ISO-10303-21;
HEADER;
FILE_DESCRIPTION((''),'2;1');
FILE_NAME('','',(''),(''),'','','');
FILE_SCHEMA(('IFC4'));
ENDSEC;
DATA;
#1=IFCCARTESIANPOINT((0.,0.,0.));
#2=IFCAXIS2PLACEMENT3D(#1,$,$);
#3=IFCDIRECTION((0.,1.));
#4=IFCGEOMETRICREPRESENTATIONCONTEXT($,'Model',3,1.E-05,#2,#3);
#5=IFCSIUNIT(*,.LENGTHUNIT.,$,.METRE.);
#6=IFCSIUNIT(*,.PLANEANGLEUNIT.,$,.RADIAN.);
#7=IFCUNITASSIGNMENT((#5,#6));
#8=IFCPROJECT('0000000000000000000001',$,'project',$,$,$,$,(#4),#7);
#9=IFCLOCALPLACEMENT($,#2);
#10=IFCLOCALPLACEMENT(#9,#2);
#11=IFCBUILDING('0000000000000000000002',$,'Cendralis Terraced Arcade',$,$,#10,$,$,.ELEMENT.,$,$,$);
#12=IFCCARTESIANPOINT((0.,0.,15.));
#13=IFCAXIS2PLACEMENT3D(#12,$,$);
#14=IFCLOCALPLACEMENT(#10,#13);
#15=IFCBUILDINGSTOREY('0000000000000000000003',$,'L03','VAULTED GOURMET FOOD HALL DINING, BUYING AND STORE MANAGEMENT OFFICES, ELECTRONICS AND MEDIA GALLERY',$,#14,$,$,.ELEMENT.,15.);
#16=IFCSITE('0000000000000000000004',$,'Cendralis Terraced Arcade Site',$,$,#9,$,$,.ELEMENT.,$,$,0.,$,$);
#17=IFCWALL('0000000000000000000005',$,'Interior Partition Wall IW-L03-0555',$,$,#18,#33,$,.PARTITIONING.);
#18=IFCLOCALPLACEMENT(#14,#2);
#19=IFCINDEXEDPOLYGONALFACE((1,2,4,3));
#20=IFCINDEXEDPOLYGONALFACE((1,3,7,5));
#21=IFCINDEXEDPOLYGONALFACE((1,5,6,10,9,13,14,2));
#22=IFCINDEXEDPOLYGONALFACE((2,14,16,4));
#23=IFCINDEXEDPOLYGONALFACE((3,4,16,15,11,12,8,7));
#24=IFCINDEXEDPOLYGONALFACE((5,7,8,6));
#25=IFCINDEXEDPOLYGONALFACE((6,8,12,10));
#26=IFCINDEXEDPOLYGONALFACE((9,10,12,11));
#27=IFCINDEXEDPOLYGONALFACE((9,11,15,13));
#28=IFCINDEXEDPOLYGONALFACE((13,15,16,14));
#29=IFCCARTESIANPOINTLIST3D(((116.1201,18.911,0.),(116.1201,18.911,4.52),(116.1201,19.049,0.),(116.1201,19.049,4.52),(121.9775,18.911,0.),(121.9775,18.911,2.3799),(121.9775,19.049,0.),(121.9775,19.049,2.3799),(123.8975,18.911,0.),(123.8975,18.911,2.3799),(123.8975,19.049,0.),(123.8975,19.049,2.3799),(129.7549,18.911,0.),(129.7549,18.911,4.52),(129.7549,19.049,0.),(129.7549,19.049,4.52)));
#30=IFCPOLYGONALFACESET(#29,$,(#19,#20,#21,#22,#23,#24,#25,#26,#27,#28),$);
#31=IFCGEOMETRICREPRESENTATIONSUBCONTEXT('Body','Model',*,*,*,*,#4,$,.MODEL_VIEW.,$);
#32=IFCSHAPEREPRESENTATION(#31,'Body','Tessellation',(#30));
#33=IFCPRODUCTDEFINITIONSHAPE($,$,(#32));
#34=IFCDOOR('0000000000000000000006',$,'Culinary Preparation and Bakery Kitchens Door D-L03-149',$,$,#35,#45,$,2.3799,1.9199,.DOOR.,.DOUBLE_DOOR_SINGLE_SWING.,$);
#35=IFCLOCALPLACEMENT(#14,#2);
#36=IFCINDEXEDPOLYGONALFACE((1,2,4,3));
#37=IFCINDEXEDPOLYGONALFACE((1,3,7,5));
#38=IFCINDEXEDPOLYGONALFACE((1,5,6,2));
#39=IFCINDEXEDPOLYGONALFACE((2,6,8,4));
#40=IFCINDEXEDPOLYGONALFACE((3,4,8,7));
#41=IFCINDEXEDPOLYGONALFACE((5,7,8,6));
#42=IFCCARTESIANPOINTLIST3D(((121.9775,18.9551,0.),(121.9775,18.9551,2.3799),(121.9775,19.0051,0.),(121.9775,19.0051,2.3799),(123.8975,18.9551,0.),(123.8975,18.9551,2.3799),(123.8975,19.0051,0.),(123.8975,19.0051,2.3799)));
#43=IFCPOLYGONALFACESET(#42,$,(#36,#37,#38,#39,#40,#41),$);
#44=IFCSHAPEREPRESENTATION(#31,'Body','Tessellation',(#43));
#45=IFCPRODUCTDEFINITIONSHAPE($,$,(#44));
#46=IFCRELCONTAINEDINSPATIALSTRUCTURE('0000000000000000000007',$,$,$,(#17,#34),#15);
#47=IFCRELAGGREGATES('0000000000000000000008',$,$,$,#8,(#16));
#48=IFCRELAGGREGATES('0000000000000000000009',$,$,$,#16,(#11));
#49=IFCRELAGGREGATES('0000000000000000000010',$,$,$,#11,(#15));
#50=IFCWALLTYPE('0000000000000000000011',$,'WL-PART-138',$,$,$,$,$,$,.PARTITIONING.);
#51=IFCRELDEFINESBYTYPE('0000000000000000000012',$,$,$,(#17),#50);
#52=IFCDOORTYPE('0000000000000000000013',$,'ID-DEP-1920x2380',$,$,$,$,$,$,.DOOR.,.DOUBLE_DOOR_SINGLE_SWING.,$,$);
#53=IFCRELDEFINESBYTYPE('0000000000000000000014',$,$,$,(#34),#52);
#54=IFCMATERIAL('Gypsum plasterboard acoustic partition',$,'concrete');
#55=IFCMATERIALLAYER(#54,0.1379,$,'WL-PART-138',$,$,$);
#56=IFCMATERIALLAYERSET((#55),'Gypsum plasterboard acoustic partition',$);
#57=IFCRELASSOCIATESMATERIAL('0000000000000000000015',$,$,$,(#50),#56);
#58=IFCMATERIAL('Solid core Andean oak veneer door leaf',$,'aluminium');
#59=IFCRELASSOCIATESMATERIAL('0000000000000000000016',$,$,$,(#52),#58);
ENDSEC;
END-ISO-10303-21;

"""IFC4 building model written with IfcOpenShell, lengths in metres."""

from ifc_helpers import new_model, si_unit, direction, frame, frame_2d, origin, place, context, subcontext, project, spatial, rectangle, extrude, material, layer, layer_set, type_object, element, fill, save


model = new_model("IFC4")

# Units and contexts
model_context = context("Model", 3, precision=1e-05, world=origin(), true_north=direction((0.0, 1.0)))
body_context = subcontext(model_context, "Body", "Model", "MODEL_VIEW")
ifc_project = project(units=[si_unit("LENGTHUNIT", "METRE"), si_unit("PLANEANGLEUNIT", "RADIAN")], contexts=[model_context])

# Site, building, storey
site_placement = place(None, origin())
site = spatial("IfcSite", under=ifc_project, at=site_placement, Name="Cendralis Terraced Arcade Site", CompositionType="ELEMENT", RefElevation=0.0)
building_placement = place(site_placement, origin())
building = spatial("IfcBuilding", under=site, at=building_placement, Name="Cendralis Terraced Arcade", CompositionType="ELEMENT")
storey_placement = place(building_placement, frame((0.0, 0.0, 15.0)))
storey = spatial("IfcBuildingStorey", under=building, at=storey_placement, Name="L03", Description="VAULTED GOURMET FOOD HALL DINING, BUYING AND STORE MANAGEMENT OFFICES, ELECTRONICS AND MEDIA GALLERY", CompositionType="ELEMENT", Elevation=15.0)

# Wall, opening, door
ifc_material_1 = material(Name="Gypsum plasterboard acoustic partition", Category="concrete")
ifc_layer_1 = layer(ifc_material_1, 0.1379, Name="WL-PART-138")
ifc_layer_set_1 = layer_set([ifc_layer_1], Name="Gypsum plasterboard acoustic partition")
wall_type_1 = type_object("IfcWallType", Name="WL-PART-138", PredefinedType="PARTITIONING", material=ifc_layer_set_1)
wall_1_placement = place(storey_placement, frame((129.7549, 18.98, 0.0), z_axis=(0.0, 0.0, 1.0), x_axis=(-1.0, 0.0, 0.0)))
wall_1 = element("IfcWall", 1, at=wall_1_placement, inside=storey, type_object=wall_type_1, Name="Interior Partition Wall IW-L03-0555", PredefinedType="PARTITIONING", context=body_context, shape_type="SweptSolid", body=[
    extrude(rectangle(XDim=13.6348, YDim=0.1379, at=frame_2d((6.8174, 0.0))), origin(), (0.0, 0.0, 1.0), 4.52),
])
opening_placement = place(wall_1_placement, frame((5.8574, 0.0, 0.0)))
opening = element("IfcOpeningElement", 2, at=opening_placement, cuts=wall_1, PredefinedType="OPENING", context=body_context, shape_type="SweptSolid", body=[
    extrude(rectangle(XDim=1.9199, YDim=2.3799, at=frame_2d((0.96, 1.1899))), frame((0.0, 0.0811, 0.0), z_axis=(0.0, -1.0, 0.0), x_axis=(1.0, 0.0, 0.0)), (0.0, 0.0, 1.0), 0.1619),
])
ifc_material_2 = material(Name="Solid core Andean oak veneer door leaf", Category="aluminium")
door_type = type_object("IfcDoorType", Name="ID-DEP-1920x2380", OperationType="DOUBLE_DOOR_SINGLE_SWING", PredefinedType="DOOR", material=ifc_material_2)
door_placement = place(opening_placement, origin())
door = element("IfcDoor", 3, at=door_placement, inside=storey, type_object=door_type, Name="Culinary Preparation and Bakery Kitchens Door D-L03-149", OperationType="DOUBLE_DOOR_SINGLE_SWING", OverallHeight=2.3799, OverallWidth=1.9199, PredefinedType="DOOR", context=body_context, shape_type="SweptSolid", body=[
    extrude(rectangle(XDim=1.9199, YDim=2.3799, at=frame_2d((0.96, 1.1899))), frame((0.0, 0.0249, 0.0), z_axis=(0.0, -1.0, 0.0), x_axis=(1.0, 0.0, 0.0)), (0.0, 0.0, 1.0), 0.05),
])
fill(opening, door)

save(model, "model.ifc")
